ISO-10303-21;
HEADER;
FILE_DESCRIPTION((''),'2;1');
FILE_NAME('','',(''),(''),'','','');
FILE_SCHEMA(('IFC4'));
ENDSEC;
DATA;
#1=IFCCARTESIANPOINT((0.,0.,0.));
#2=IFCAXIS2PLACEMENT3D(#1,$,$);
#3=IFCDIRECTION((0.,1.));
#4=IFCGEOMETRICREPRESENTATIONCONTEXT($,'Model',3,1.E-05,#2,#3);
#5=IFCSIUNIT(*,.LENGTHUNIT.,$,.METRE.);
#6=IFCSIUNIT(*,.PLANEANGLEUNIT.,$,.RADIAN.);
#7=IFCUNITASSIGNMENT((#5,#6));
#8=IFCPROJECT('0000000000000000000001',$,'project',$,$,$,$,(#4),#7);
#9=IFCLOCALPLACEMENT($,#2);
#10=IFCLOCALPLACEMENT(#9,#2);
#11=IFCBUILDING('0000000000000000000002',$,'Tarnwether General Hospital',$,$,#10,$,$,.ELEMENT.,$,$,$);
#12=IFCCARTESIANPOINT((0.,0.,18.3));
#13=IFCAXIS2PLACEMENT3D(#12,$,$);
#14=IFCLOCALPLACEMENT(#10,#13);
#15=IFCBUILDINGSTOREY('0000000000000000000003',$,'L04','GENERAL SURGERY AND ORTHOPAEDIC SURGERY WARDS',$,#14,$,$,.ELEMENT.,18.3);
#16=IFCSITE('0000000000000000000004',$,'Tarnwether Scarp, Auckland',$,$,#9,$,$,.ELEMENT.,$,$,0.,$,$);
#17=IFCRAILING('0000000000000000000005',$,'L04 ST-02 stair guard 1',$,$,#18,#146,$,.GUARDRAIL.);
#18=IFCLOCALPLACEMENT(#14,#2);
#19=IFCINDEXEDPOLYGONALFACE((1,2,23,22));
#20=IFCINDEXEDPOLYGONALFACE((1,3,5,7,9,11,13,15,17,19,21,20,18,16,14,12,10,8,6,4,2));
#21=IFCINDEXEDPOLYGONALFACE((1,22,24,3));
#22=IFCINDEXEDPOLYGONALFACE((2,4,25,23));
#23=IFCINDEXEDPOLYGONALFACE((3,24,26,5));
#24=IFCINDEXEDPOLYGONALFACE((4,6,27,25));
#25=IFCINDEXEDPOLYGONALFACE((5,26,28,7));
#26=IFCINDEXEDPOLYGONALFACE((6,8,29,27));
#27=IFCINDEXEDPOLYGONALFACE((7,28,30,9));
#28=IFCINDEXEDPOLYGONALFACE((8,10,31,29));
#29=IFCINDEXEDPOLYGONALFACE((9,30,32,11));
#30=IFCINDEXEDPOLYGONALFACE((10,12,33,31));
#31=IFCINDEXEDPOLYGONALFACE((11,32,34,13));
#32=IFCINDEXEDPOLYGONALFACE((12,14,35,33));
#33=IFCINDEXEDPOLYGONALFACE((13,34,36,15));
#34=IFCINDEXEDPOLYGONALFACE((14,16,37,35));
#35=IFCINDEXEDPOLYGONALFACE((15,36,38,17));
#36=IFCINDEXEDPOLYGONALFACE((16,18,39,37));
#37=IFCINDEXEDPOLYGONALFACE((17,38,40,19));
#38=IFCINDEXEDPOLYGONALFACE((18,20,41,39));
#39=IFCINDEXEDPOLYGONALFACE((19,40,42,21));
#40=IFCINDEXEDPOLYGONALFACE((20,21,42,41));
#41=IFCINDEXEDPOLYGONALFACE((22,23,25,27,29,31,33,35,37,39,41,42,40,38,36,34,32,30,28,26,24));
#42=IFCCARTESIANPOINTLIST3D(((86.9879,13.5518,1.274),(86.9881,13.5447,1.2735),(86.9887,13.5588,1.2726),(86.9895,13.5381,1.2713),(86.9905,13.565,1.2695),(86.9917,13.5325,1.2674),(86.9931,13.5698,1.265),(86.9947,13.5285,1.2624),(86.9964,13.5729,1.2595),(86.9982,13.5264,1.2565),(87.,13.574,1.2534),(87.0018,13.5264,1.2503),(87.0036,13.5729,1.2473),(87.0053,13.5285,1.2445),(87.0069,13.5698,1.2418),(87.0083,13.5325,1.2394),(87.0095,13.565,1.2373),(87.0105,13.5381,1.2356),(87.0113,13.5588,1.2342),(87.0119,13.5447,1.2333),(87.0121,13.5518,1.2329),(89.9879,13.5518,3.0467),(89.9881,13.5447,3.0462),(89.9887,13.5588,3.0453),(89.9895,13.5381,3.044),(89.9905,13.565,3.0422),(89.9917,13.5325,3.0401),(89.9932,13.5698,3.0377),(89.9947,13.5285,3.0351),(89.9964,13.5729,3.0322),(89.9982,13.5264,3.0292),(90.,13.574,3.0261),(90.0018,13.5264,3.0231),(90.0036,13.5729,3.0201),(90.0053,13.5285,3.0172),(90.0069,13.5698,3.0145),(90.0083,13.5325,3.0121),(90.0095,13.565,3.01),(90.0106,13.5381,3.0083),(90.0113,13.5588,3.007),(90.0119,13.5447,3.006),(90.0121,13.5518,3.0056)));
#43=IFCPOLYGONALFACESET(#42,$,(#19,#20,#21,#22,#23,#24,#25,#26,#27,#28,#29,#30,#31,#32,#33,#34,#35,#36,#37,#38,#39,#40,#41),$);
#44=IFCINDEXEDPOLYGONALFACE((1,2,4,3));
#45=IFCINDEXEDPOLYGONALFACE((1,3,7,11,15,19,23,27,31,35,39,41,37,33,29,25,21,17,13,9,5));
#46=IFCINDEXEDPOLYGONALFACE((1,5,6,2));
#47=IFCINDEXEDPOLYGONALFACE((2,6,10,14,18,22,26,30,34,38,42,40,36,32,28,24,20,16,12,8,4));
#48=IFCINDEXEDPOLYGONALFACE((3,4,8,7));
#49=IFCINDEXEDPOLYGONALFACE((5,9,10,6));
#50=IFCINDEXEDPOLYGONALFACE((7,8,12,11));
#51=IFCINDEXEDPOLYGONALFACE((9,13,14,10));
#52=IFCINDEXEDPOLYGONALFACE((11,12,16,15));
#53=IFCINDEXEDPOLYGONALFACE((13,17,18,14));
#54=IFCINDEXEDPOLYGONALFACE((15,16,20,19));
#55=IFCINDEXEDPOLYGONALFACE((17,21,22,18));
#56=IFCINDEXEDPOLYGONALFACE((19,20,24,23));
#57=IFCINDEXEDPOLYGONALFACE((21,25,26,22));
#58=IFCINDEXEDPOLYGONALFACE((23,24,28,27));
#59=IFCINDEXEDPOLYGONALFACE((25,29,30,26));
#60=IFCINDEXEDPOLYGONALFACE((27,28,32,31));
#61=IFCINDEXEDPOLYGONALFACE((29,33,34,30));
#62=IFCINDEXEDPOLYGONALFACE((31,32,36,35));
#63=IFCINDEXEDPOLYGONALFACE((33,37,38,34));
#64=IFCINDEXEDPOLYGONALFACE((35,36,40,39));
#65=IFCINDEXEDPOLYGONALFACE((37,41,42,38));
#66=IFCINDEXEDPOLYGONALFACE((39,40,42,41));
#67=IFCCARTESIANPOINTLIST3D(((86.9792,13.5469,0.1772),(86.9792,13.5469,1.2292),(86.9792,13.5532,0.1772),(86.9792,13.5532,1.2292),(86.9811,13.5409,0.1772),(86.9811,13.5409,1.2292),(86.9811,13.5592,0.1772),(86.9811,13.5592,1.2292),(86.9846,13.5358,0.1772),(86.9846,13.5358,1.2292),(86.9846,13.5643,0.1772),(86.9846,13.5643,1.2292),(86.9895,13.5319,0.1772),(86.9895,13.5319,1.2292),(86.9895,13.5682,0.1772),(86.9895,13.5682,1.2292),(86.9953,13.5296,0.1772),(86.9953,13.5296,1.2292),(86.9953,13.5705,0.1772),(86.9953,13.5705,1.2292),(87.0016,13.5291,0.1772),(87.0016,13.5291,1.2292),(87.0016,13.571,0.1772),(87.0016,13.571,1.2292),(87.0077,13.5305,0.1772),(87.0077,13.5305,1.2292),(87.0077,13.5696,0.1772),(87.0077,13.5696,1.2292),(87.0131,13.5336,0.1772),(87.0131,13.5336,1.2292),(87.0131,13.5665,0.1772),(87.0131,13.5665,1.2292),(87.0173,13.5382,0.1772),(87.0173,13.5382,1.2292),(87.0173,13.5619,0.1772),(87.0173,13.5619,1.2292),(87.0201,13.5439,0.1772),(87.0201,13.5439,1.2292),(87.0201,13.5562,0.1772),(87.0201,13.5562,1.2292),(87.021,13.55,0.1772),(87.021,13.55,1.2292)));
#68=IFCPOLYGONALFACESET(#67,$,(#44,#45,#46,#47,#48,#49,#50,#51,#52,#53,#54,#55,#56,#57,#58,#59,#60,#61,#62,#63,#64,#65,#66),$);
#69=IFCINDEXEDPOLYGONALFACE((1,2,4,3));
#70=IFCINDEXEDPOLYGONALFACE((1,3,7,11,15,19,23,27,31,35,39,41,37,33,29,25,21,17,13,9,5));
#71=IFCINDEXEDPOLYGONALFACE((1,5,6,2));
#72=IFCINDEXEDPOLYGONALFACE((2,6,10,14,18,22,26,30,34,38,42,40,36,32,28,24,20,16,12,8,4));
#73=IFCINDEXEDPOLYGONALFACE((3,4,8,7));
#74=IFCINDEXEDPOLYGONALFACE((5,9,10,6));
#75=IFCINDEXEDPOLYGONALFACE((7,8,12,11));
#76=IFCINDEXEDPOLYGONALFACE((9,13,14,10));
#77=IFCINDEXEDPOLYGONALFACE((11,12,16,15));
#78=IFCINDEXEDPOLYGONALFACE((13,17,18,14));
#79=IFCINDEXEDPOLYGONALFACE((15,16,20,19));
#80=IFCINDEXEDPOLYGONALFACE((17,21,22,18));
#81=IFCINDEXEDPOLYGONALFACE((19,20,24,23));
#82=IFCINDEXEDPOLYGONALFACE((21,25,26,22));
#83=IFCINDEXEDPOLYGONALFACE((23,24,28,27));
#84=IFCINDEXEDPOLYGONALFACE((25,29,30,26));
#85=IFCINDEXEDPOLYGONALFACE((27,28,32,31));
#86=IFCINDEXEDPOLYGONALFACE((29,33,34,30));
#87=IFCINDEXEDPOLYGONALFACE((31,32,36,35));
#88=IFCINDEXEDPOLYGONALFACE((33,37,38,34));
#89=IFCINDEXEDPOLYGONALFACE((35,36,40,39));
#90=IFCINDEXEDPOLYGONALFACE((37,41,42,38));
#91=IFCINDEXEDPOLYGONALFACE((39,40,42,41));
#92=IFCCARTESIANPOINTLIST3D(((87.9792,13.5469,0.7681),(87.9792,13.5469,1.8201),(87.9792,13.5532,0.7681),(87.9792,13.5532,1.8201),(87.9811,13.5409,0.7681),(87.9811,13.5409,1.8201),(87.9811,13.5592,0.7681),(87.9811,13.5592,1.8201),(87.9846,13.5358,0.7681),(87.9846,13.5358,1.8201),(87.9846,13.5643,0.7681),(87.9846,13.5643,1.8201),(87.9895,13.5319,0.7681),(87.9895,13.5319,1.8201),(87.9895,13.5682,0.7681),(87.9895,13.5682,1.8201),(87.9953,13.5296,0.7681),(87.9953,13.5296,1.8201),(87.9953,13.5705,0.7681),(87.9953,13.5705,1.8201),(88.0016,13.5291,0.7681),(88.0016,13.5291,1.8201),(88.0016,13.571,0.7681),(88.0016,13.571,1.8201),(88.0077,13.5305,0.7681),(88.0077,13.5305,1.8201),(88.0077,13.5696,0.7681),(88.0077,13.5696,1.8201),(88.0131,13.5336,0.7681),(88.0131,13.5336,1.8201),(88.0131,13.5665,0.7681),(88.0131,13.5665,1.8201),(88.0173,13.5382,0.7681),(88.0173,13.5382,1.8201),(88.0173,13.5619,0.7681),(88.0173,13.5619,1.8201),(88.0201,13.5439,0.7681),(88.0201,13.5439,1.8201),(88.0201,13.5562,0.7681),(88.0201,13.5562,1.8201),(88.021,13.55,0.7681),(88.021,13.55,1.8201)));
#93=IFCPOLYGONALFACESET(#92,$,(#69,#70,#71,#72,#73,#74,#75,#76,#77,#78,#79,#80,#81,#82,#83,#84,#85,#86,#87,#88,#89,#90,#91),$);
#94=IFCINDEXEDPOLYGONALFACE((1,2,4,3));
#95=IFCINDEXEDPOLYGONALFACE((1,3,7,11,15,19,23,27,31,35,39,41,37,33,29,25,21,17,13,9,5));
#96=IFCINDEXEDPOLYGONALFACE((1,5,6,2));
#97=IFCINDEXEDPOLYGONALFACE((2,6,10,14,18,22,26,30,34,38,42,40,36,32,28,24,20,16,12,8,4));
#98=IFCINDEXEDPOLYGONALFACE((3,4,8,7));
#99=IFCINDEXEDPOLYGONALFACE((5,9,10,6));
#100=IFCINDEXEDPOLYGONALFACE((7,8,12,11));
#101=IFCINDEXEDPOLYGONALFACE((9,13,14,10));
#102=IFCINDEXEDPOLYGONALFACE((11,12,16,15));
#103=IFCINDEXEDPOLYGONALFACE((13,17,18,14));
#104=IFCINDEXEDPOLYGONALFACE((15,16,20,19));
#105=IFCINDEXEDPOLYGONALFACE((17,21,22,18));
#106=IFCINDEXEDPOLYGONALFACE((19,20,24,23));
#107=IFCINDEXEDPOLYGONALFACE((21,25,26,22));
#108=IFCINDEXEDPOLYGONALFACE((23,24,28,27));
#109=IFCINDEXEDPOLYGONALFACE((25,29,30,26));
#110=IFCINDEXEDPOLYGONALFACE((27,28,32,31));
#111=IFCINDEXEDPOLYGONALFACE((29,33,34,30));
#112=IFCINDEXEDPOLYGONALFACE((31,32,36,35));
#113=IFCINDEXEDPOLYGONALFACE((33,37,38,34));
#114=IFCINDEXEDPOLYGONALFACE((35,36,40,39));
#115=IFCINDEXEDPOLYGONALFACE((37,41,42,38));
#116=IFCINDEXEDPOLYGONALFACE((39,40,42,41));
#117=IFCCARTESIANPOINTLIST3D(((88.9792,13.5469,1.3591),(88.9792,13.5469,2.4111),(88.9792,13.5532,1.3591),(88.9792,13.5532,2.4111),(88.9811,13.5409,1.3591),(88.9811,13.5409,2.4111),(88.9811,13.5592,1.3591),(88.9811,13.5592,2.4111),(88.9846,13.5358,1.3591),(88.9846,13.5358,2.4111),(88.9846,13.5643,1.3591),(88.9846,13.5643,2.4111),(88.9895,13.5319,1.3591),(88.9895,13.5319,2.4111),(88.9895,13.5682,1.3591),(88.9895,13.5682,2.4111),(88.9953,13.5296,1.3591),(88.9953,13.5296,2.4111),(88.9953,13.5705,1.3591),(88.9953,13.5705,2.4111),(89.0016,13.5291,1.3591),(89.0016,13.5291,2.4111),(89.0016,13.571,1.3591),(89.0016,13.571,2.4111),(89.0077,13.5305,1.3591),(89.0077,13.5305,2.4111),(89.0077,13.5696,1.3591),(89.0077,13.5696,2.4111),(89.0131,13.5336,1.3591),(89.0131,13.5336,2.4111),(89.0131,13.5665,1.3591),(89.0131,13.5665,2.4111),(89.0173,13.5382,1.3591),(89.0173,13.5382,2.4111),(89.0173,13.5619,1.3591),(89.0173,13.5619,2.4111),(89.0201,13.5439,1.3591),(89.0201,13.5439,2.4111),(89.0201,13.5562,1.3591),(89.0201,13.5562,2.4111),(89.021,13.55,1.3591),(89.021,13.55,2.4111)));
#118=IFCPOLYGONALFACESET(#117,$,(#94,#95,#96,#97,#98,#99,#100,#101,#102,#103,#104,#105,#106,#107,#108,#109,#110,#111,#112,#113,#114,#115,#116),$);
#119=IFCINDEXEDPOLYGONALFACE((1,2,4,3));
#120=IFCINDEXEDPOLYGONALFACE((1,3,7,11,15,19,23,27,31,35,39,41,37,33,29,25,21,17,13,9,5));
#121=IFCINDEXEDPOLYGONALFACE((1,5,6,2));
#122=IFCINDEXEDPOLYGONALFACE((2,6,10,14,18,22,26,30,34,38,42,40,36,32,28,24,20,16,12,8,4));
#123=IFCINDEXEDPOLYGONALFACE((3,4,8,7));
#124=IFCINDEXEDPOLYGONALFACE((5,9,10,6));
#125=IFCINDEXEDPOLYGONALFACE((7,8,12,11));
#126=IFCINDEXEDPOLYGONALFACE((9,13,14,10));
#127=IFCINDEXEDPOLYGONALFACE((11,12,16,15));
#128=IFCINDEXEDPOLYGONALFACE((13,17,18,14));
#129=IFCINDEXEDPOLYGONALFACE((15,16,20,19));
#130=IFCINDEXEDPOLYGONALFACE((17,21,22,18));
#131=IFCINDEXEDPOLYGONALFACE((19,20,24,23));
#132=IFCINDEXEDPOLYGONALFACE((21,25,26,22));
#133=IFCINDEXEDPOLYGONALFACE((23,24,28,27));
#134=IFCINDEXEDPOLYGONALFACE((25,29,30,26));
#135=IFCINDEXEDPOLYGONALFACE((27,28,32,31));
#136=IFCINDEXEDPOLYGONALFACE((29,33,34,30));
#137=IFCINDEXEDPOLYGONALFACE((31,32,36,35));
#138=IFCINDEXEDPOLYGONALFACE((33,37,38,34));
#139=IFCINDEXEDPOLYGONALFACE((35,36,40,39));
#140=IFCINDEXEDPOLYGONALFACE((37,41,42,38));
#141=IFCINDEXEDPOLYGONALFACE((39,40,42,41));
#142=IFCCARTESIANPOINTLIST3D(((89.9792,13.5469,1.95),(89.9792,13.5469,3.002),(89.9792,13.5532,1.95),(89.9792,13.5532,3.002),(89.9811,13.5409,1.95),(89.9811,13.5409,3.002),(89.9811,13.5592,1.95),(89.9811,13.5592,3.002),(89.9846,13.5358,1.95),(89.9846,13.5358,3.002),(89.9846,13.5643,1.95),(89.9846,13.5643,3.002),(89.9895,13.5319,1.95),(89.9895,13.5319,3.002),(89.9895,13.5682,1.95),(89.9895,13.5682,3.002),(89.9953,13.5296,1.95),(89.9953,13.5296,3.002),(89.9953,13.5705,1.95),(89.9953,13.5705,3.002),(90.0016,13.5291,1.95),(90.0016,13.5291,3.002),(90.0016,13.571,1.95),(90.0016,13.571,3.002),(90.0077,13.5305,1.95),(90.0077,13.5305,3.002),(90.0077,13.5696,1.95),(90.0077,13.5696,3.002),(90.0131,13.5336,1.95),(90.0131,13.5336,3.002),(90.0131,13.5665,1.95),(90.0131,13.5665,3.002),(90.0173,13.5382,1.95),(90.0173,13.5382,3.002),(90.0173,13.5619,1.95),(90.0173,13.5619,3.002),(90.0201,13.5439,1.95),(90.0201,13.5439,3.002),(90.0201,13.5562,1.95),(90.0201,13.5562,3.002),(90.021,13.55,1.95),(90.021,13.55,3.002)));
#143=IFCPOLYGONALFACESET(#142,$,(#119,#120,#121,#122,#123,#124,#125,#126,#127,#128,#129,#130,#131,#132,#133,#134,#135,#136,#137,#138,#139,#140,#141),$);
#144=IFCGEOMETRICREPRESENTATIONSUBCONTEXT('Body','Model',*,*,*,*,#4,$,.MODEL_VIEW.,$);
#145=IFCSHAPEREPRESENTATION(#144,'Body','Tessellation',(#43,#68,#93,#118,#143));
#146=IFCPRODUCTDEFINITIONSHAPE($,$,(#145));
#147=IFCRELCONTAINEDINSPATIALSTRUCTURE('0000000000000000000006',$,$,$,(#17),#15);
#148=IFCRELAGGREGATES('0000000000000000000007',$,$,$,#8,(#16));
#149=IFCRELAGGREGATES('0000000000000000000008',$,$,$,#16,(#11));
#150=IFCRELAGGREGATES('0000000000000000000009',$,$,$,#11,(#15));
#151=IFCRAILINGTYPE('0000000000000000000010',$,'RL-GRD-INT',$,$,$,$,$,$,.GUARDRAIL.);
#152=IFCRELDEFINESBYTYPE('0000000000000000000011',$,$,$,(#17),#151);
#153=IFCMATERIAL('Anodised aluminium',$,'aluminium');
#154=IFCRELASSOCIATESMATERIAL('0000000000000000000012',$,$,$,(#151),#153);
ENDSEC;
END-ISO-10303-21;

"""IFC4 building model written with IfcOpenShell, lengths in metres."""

from ifc_helpers import new_model, si_unit, direction, frame, origin, origin_2d, place, context, subcontext, project, spatial, circle, extrude, material, type_object, element, save


model = new_model("IFC4")

# Units and contexts
model_context = context("Model", 3, precision=1e-05, world=origin(), true_north=direction((0.0, 1.0)))
body_context = subcontext(model_context, "Body", "Model", "MODEL_VIEW")
ifc_project = project(units=[si_unit("LENGTHUNIT", "METRE"), si_unit("PLANEANGLEUNIT", "RADIAN")], contexts=[model_context])

# Site, building, storey
site_placement = place(None, origin())
site = spatial("IfcSite", under=ifc_project, at=site_placement, Name="Tarnwether Scarp, Auckland", CompositionType="ELEMENT", RefElevation=0.0)
building_placement = place(site_placement, origin())
building = spatial("IfcBuilding", under=site, at=building_placement, Name="Tarnwether General Hospital", CompositionType="ELEMENT")
storey_placement = place(building_placement, frame((0.0, 0.0, 18.3)))
storey = spatial("IfcBuildingStorey", under=building, at=storey_placement, Name="L04", Description="GENERAL SURGERY AND ORTHOPAEDIC SURGERY WARDS", CompositionType="ELEMENT", Elevation=18.3)

# Railing
ifc_material_1 = material(Name="Anodised aluminium", Category="aluminium")
railing_type_1 = type_object("IfcRailingType", Name="RL-GRD-INT", PredefinedType="GUARDRAIL", material=ifc_material_1)
railing_1_placement = place(storey_placement, frame((87.0, 13.55, 0.1772)))
element("IfcRailing", 1, at=railing_1_placement, inside=storey, type_object=railing_type_1, Name="L04 ST-02 stair guard 1", PredefinedType="GUARDRAIL", context=body_context, shape_type="SweptSolid", body=[
    extrude(circle(Radius=0.0239, at=origin_2d()), frame((0.0, 0.0, 1.0762), z_axis=(0.860929, 0.0, 0.508725), x_axis=(0.0, 1.0, 0.0)), (0.0, 0.0, 1.0), 3.4846),
    extrude(circle(Radius=0.021, at=origin_2d()), origin(), (0.0, 0.0, 1.0), 1.052),
    extrude(circle(Radius=0.021, at=origin_2d()), frame((1.0, 0.0, 0.5908)), (0.0, 0.0, 1.0), 1.052),
    extrude(circle(Radius=0.021, at=origin_2d()), frame((2.0, 0.0, 1.1819)), (0.0, 0.0, 1.0), 1.052),
    extrude(circle(Radius=0.021, at=origin_2d()), frame((3.0, 0.0, 1.7727)), (0.0, 0.0, 1.0), 1.052),
])

save(model, "model.ifc")
